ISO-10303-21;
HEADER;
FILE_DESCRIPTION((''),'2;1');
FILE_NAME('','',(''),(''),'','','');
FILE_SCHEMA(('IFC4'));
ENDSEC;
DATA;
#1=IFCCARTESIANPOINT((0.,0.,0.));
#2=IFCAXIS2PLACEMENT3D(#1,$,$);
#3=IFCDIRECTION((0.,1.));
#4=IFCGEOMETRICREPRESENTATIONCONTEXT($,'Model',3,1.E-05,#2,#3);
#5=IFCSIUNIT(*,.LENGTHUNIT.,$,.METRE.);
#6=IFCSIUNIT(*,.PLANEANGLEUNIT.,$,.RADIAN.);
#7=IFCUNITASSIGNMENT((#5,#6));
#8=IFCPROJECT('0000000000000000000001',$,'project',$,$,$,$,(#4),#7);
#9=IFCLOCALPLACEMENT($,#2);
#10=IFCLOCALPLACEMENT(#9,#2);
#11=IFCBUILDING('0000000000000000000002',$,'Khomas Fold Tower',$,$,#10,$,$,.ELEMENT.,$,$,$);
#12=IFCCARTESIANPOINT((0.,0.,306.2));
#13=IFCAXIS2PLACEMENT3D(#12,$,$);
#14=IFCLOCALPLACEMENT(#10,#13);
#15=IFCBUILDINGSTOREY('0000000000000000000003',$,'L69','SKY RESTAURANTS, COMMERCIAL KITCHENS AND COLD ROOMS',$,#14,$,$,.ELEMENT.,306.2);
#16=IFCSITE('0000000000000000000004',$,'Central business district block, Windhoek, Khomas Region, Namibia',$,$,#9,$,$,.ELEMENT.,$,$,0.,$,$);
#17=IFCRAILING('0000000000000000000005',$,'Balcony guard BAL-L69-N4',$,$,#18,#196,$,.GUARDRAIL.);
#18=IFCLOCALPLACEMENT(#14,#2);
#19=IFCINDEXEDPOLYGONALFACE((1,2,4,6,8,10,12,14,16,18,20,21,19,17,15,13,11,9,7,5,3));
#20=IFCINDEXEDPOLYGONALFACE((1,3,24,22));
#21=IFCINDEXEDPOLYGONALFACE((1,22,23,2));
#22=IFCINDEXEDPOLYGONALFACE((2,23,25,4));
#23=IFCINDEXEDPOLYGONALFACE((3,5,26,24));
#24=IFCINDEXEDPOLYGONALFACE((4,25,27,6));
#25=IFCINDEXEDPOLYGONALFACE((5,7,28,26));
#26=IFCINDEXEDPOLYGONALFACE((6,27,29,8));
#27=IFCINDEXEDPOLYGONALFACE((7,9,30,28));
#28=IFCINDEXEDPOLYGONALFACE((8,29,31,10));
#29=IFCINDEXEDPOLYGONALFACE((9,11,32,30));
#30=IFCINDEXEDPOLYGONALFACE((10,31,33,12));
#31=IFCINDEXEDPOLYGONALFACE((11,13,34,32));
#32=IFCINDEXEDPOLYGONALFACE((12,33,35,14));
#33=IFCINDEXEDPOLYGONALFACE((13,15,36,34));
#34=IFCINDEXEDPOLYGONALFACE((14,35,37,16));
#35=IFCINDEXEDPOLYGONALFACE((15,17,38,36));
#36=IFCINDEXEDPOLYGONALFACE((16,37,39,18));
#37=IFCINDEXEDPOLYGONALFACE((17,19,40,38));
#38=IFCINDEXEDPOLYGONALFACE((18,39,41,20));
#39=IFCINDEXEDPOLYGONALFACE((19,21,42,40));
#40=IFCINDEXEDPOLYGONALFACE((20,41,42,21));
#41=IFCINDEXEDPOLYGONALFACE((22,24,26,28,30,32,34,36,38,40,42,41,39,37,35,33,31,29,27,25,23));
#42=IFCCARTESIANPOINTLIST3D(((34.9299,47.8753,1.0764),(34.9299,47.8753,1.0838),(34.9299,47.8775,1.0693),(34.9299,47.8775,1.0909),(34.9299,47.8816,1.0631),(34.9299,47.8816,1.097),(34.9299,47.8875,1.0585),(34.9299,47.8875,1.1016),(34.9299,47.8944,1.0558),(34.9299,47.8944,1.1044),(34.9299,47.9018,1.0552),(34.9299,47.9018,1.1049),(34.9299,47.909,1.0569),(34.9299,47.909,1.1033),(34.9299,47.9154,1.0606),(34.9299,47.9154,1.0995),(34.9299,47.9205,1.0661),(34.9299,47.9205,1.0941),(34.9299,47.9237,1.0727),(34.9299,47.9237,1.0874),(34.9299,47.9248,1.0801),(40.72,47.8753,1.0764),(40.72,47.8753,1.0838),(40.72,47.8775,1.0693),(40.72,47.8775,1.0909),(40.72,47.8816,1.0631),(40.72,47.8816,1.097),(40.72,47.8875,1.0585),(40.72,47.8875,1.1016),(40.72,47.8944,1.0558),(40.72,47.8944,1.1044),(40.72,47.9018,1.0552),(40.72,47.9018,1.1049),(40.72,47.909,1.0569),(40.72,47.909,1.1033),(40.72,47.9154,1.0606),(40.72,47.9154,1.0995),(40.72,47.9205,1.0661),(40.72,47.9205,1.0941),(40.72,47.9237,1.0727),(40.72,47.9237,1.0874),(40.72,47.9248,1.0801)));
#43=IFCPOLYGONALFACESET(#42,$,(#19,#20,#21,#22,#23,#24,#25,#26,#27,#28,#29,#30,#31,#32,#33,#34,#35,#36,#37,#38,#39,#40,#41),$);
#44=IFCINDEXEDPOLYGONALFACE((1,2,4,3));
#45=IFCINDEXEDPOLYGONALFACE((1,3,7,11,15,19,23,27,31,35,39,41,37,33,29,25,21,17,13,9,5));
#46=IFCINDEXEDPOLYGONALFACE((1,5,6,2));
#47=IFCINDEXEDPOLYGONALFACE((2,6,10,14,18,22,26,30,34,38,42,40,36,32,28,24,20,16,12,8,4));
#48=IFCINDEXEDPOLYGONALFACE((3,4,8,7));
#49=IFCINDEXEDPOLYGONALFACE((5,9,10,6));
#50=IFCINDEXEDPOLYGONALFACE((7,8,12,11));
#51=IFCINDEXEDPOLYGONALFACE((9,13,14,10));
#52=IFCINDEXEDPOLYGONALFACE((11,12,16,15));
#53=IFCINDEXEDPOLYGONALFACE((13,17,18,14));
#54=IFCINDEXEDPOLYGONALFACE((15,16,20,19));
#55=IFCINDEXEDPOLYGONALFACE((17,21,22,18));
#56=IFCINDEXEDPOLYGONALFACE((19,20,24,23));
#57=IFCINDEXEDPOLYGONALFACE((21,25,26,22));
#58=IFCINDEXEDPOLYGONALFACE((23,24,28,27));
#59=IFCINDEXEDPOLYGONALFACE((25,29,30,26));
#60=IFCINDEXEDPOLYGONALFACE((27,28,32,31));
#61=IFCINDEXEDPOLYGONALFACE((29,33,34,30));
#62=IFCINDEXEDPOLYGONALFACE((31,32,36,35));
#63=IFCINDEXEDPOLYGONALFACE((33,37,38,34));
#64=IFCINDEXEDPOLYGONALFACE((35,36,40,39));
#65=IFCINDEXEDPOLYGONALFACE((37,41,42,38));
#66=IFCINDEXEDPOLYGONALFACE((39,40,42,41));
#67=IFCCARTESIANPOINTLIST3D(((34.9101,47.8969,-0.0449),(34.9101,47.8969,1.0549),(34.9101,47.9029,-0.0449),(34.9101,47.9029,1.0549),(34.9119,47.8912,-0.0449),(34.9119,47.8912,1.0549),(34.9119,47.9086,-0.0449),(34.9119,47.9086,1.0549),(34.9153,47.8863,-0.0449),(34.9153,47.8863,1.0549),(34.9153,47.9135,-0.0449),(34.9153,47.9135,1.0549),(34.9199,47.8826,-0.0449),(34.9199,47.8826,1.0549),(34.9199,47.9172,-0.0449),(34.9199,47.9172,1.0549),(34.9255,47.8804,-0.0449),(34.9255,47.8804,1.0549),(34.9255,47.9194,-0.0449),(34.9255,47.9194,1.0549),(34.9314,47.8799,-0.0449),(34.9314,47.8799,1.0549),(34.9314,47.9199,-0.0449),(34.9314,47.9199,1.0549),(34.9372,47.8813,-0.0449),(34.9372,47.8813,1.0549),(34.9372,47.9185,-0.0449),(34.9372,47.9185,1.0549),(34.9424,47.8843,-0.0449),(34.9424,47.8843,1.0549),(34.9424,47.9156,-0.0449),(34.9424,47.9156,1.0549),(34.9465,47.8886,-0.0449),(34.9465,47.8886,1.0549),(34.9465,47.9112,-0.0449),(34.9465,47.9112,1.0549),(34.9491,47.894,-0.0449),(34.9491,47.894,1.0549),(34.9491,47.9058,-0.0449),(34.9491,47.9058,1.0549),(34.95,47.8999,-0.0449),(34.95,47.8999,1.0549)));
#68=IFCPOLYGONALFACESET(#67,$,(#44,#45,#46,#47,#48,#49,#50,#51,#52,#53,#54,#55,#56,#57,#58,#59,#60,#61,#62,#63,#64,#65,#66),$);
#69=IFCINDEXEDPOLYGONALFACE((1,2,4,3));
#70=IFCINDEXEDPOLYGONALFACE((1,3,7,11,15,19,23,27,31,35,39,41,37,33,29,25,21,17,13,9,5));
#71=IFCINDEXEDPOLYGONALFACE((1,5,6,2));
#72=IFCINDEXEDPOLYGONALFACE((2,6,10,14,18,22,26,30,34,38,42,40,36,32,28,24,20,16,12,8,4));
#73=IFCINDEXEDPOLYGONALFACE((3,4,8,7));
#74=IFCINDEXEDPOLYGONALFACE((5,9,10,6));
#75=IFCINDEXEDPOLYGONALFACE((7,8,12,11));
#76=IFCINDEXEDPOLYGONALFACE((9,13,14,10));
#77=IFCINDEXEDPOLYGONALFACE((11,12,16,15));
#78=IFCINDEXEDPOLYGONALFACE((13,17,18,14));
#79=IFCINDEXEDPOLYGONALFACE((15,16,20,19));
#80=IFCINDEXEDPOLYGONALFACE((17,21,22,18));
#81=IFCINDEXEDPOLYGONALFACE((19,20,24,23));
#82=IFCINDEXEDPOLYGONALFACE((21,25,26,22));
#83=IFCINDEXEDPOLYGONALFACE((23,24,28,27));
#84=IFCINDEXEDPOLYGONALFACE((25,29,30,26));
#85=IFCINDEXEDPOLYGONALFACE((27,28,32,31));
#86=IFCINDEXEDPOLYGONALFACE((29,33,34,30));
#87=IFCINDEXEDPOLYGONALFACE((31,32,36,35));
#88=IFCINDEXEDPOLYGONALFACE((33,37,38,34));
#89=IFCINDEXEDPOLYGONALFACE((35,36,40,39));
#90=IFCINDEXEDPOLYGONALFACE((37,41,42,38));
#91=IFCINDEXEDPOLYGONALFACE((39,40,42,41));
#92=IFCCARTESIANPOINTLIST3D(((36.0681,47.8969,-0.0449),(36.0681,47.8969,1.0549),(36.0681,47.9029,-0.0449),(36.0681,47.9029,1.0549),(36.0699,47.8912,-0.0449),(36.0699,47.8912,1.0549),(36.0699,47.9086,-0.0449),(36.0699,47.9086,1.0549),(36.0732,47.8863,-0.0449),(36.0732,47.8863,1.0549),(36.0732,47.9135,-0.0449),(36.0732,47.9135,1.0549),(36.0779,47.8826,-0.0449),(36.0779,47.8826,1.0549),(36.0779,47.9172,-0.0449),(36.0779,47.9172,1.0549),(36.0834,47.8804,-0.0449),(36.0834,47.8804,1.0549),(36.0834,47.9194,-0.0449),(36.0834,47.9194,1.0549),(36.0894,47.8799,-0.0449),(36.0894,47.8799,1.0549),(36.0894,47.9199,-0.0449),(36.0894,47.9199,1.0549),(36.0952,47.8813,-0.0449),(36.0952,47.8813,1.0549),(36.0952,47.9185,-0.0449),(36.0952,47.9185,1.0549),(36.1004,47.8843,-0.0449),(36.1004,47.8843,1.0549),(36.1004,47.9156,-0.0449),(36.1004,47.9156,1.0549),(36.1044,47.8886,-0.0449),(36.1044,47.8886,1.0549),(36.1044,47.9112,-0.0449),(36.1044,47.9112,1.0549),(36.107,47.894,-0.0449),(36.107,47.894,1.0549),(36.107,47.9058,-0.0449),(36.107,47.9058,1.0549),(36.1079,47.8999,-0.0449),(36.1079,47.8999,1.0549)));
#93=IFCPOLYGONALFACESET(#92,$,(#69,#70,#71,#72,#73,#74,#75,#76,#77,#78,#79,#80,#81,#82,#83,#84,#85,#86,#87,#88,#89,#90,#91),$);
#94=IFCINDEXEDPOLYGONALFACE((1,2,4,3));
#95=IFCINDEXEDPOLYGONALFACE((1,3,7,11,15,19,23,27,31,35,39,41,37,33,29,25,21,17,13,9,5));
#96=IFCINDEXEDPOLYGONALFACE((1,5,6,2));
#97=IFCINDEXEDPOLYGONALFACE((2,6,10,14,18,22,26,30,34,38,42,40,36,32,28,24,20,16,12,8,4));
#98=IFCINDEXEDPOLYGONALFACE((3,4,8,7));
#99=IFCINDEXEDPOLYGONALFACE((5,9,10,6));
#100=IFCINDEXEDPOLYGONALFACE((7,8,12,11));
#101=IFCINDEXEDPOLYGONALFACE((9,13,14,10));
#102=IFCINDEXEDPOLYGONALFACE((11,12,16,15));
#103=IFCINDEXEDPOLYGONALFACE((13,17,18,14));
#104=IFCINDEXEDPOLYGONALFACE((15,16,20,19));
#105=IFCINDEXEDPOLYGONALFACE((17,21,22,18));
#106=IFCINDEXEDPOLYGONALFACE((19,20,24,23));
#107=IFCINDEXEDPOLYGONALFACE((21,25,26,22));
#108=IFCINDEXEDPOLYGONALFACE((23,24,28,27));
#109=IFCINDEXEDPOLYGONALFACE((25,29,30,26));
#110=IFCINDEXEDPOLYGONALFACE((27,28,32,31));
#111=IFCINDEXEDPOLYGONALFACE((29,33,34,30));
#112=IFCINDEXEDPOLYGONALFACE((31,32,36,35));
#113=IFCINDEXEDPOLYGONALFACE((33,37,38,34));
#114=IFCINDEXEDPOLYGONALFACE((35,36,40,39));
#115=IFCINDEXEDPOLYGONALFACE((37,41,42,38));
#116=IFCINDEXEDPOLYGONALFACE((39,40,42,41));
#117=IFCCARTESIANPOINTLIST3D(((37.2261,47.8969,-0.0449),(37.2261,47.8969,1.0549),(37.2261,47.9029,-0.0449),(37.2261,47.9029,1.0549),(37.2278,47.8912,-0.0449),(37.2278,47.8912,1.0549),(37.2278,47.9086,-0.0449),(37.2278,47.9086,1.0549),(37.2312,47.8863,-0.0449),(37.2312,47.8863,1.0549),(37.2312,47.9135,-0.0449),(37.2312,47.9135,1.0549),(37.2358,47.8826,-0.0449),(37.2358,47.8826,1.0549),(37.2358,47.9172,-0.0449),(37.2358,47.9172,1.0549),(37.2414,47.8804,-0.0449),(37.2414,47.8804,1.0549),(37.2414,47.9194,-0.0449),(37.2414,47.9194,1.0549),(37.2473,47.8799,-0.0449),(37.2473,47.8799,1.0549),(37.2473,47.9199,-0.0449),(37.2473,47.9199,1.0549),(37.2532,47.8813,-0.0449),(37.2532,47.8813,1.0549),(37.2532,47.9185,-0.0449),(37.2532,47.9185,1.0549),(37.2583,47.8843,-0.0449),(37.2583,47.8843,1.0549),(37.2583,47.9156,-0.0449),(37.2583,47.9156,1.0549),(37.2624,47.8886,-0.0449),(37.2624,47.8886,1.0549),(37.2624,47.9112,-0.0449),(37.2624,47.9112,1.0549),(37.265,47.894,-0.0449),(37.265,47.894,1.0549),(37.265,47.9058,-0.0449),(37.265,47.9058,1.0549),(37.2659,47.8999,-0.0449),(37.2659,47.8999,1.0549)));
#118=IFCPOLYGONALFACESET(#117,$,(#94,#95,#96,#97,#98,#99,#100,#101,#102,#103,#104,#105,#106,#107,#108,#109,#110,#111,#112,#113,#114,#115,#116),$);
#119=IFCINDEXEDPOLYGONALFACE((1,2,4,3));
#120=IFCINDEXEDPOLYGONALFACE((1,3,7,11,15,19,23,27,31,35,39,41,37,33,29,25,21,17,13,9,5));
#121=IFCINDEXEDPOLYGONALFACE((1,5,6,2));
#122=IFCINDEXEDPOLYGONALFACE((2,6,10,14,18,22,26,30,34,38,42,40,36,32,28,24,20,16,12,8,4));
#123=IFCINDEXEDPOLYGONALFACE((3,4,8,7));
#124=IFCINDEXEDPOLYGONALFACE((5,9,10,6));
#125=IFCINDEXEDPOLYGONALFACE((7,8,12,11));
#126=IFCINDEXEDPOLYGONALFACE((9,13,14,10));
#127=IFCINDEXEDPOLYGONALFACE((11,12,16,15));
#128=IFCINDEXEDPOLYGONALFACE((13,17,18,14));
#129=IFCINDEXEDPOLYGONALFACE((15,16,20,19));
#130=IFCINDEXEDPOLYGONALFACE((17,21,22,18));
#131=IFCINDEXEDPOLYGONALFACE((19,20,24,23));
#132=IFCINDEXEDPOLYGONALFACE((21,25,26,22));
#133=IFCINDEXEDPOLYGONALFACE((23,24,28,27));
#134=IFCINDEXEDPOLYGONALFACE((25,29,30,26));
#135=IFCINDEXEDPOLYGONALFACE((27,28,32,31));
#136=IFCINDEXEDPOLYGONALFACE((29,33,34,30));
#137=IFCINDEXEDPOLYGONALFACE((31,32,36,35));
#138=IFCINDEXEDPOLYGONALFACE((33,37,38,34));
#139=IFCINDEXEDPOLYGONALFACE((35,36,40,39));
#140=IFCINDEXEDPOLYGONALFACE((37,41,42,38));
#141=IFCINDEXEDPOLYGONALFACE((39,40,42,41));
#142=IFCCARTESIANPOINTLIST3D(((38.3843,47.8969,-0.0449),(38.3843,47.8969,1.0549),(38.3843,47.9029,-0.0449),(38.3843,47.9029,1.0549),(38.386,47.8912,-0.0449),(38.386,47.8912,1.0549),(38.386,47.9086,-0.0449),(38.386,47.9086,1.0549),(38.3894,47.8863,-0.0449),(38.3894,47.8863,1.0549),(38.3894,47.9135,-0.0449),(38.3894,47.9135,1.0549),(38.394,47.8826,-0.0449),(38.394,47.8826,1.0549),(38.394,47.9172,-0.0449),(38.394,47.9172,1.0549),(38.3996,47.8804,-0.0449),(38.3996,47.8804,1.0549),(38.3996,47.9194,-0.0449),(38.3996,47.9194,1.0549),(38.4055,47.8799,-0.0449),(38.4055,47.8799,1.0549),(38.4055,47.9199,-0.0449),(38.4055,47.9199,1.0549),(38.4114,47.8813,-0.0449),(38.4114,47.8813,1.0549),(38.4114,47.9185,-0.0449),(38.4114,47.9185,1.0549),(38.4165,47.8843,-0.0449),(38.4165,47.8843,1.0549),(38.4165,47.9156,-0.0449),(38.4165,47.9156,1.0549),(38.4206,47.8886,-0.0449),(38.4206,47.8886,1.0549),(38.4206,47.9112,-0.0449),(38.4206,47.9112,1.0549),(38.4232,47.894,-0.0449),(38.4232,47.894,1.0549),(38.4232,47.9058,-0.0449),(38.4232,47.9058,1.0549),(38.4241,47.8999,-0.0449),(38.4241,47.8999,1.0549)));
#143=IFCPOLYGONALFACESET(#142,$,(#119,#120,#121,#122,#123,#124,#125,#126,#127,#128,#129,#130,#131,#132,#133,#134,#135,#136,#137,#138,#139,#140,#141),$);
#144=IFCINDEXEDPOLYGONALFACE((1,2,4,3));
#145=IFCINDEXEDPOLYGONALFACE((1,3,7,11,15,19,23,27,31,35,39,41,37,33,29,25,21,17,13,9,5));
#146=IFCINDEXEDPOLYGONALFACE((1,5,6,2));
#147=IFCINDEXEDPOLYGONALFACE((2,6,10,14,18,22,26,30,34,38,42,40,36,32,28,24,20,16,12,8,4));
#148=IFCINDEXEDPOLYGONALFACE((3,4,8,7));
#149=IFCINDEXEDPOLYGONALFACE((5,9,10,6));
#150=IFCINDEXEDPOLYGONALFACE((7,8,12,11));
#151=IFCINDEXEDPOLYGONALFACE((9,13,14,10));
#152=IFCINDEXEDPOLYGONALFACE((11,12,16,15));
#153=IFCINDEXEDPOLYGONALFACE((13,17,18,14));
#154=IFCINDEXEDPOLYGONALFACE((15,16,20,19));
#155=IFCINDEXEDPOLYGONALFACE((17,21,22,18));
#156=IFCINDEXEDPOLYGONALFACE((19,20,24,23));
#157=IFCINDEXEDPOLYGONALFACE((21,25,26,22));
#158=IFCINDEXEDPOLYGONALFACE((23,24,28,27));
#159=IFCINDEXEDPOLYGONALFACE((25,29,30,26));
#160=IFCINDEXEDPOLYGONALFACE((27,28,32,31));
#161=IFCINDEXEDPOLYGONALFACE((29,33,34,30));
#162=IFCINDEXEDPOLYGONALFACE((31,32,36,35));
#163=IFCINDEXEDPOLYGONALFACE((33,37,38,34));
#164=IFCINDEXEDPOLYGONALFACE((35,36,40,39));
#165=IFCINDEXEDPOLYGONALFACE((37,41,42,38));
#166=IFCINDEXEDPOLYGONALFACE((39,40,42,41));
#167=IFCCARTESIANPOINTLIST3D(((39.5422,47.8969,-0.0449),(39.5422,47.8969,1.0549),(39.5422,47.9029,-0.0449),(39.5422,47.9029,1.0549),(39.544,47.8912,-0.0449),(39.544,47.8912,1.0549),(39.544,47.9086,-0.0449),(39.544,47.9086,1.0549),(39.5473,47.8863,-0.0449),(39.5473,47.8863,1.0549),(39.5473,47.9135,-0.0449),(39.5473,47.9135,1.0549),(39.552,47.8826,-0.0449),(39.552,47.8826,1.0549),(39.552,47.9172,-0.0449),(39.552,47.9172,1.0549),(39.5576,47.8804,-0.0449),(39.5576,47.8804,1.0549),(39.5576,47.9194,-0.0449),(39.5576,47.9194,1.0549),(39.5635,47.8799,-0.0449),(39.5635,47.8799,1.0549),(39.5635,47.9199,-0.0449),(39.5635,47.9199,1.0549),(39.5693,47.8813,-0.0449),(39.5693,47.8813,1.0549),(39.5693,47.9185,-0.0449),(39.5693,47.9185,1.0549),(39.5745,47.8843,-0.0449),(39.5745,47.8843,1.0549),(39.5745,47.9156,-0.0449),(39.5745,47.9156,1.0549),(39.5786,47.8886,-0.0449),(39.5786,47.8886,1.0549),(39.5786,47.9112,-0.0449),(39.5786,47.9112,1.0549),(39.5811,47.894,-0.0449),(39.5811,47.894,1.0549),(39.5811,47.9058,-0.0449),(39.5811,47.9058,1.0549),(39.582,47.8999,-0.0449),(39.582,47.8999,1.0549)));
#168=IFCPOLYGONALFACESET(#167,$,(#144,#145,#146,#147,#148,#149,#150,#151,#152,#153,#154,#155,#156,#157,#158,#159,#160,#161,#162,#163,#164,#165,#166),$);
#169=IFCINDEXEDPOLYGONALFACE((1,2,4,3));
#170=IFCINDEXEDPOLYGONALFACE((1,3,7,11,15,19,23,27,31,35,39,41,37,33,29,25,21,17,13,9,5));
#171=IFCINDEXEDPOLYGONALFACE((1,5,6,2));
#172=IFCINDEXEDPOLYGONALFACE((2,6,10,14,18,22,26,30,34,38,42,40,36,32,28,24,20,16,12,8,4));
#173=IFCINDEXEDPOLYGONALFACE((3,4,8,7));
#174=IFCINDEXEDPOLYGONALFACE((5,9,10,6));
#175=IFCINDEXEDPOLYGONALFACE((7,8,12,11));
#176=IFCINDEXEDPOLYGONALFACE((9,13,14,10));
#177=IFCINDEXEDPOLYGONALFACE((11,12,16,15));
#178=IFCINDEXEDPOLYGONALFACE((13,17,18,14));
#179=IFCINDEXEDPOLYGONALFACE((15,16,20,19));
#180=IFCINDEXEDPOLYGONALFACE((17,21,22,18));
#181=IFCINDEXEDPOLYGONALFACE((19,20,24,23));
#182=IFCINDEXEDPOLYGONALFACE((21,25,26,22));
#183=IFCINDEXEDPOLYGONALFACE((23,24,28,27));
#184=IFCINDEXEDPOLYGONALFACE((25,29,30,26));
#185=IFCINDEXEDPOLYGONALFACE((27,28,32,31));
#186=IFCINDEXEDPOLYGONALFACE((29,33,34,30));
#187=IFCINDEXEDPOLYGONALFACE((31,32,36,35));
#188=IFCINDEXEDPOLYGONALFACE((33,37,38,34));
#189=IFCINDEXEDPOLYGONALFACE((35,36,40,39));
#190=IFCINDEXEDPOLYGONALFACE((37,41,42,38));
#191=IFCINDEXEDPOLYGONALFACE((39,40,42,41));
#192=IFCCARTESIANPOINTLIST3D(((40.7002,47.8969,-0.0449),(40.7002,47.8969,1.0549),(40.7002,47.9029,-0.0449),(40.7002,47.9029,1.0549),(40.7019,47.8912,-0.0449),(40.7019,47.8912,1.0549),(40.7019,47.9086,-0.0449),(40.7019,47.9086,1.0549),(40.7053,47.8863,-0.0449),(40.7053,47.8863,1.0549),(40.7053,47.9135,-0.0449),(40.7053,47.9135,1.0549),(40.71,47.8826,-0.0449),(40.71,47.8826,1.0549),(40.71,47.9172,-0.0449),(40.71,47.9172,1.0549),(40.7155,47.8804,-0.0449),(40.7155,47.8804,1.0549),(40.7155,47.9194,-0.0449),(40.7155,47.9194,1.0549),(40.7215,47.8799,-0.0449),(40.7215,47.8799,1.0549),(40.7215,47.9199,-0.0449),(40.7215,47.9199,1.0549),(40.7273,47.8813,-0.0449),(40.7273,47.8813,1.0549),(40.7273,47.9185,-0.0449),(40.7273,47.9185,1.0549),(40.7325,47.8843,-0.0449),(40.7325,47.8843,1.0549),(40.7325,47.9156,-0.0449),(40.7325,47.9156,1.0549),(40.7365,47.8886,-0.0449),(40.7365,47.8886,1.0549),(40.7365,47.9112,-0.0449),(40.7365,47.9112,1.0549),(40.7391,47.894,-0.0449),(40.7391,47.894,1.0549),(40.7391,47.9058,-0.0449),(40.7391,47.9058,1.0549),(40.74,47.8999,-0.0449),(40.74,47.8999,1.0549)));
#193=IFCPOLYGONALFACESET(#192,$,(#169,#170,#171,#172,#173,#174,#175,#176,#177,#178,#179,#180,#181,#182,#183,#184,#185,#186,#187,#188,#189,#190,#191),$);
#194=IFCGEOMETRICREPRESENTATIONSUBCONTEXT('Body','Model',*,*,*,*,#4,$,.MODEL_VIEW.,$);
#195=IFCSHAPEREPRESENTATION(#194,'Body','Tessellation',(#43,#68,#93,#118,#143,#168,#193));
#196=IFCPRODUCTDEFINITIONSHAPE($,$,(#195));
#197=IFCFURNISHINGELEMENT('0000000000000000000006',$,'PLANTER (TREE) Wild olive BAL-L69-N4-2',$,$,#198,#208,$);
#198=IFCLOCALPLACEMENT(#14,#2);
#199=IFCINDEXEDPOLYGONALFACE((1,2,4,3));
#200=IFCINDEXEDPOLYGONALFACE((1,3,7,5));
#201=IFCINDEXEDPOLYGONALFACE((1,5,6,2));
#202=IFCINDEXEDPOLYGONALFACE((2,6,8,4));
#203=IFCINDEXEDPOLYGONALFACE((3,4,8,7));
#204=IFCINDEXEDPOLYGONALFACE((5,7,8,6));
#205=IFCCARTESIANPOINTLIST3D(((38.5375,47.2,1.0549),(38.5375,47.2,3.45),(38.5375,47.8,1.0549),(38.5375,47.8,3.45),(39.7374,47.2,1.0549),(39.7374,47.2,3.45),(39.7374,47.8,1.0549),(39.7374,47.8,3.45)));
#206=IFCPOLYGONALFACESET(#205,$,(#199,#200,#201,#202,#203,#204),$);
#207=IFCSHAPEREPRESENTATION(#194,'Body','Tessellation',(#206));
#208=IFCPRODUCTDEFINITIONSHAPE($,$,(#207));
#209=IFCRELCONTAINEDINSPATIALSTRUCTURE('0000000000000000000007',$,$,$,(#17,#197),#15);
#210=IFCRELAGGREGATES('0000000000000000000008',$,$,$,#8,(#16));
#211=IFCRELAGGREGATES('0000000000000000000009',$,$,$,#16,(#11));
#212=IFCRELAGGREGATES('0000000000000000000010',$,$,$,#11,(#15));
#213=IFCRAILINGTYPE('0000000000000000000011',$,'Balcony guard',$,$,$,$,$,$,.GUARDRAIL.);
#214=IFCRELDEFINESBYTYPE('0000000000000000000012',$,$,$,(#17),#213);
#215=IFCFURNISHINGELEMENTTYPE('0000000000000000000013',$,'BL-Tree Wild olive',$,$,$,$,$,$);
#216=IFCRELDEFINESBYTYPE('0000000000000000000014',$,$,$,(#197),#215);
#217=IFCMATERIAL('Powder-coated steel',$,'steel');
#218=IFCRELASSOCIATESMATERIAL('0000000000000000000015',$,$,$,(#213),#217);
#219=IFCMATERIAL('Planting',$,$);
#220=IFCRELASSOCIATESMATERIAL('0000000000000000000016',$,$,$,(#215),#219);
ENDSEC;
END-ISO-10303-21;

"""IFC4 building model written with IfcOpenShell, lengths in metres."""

from ifc_helpers import new_model, si_unit, direction, frame, origin, origin_2d, place, context, subcontext, project, spatial, rectangle, circle, extrude, source, transform, mapped, material, type_object, element, save


model = new_model("IFC4")

# Units and contexts
model_context = context("Model", 3, precision=1e-05, world=origin(), true_north=direction((0.0, 1.0)))
body_context = subcontext(model_context, "Body", "Model", "MODEL_VIEW")
ifc_project = project(units=[si_unit("LENGTHUNIT", "METRE"), si_unit("PLANEANGLEUNIT", "RADIAN")], contexts=[model_context])

# Site, building, storey
site_placement = place(None, origin())
site = spatial("IfcSite", under=ifc_project, at=site_placement, Name="Central business district block, Windhoek, Khomas Region, Namibia", CompositionType="ELEMENT", RefElevation=0.0)
building_placement = place(site_placement, origin())
building = spatial("IfcBuilding", under=site, at=building_placement, Name="Khomas Fold Tower", CompositionType="ELEMENT")
storey_placement = place(building_placement, frame((0.0, 0.0, 306.2)))
storey = spatial("IfcBuildingStorey", under=building, at=storey_placement, Name="L69", Description="SKY RESTAURANTS, COMMERCIAL KITCHENS AND COLD ROOMS", CompositionType="ELEMENT", Elevation=306.2)

# Railing
ifc_material_1 = material(Name="Powder-coated steel", Category="steel")
railing_type = type_object("IfcRailingType", Name="Balcony guard", PredefinedType="GUARDRAIL", material=ifc_material_1)
shared_shape_1 = source(origin(), body_context, "Body", "SweptSolid", [
    extrude(circle(Radius=0.0249, at=origin_2d()), frame((0.0, 0.0, 1.125), z_axis=(1.0, 0.0, 0.0), x_axis=(0.0, 1.0, 0.0)), (0.0, 0.0, 1.0), 5.79),
    extrude(circle(Radius=0.02, at=origin_2d()), origin(), (0.0, 0.0, 1.0), 1.0999),
    extrude(circle(Radius=0.02, at=origin_2d()), frame((1.158, 0.0, 0.0)), (0.0, 0.0, 1.0), 1.0999),
    extrude(circle(Radius=0.02, at=origin_2d()), frame((2.3159, 0.0, 0.0)), (0.0, 0.0, 1.0), 1.0999),
    extrude(circle(Radius=0.02, at=origin_2d()), frame((3.4741, 0.0, 0.0)), (0.0, 0.0, 1.0), 1.0999),
    extrude(circle(Radius=0.02, at=origin_2d()), frame((4.6321, 0.0, 0.0)), (0.0, 0.0, 1.0), 1.0999),
    extrude(circle(Radius=0.02, at=origin_2d()), frame((5.79, 0.0, 0.0)), (0.0, 0.0, 1.0), 1.0999),
])
railing_placement = place(storey_placement, frame((34.9299, 47.8999, -0.0449)))
element("IfcRailing", 1, at=railing_placement, inside=storey, type_object=railing_type, Name="Balcony guard BAL-L69-N4", PredefinedType="GUARDRAIL", context=body_context, shape_type="MappedRepresentation", body=[
    mapped(shared_shape_1, transform((0.0, 0.0, 0.0))),
])

# Furnishing element
ifc_material_2 = material(Name="Planting")
furnishing_element_type_1 = type_object("IfcFurnishingElementType", Name="BL-Tree Wild olive", material=ifc_material_2)
shared_shape_2 = source(origin(), body_context, "Body", "SweptSolid", [
    extrude(rectangle(XDim=1.2, YDim=0.6001, at=origin_2d()), origin(), (0.0, 0.0, 1.0), 2.395),
])
furnishing_1_placement = place(storey_placement, frame((39.1375, 47.5, 1.0549), z_axis=(0.0, 0.0, 1.0), x_axis=(1.0, 0.0, 0.0)))
element("IfcFurnishingElement", 2, at=furnishing_1_placement, inside=storey, type_object=furnishing_element_type_1, Name="PLANTER (TREE) Wild olive BAL-L69-N4-2", context=body_context, shape_type="MappedRepresentation", body=[
    mapped(shared_shape_2, transform((0.0, 0.0, 0.0))),
])

save(model, "model.ifc")
